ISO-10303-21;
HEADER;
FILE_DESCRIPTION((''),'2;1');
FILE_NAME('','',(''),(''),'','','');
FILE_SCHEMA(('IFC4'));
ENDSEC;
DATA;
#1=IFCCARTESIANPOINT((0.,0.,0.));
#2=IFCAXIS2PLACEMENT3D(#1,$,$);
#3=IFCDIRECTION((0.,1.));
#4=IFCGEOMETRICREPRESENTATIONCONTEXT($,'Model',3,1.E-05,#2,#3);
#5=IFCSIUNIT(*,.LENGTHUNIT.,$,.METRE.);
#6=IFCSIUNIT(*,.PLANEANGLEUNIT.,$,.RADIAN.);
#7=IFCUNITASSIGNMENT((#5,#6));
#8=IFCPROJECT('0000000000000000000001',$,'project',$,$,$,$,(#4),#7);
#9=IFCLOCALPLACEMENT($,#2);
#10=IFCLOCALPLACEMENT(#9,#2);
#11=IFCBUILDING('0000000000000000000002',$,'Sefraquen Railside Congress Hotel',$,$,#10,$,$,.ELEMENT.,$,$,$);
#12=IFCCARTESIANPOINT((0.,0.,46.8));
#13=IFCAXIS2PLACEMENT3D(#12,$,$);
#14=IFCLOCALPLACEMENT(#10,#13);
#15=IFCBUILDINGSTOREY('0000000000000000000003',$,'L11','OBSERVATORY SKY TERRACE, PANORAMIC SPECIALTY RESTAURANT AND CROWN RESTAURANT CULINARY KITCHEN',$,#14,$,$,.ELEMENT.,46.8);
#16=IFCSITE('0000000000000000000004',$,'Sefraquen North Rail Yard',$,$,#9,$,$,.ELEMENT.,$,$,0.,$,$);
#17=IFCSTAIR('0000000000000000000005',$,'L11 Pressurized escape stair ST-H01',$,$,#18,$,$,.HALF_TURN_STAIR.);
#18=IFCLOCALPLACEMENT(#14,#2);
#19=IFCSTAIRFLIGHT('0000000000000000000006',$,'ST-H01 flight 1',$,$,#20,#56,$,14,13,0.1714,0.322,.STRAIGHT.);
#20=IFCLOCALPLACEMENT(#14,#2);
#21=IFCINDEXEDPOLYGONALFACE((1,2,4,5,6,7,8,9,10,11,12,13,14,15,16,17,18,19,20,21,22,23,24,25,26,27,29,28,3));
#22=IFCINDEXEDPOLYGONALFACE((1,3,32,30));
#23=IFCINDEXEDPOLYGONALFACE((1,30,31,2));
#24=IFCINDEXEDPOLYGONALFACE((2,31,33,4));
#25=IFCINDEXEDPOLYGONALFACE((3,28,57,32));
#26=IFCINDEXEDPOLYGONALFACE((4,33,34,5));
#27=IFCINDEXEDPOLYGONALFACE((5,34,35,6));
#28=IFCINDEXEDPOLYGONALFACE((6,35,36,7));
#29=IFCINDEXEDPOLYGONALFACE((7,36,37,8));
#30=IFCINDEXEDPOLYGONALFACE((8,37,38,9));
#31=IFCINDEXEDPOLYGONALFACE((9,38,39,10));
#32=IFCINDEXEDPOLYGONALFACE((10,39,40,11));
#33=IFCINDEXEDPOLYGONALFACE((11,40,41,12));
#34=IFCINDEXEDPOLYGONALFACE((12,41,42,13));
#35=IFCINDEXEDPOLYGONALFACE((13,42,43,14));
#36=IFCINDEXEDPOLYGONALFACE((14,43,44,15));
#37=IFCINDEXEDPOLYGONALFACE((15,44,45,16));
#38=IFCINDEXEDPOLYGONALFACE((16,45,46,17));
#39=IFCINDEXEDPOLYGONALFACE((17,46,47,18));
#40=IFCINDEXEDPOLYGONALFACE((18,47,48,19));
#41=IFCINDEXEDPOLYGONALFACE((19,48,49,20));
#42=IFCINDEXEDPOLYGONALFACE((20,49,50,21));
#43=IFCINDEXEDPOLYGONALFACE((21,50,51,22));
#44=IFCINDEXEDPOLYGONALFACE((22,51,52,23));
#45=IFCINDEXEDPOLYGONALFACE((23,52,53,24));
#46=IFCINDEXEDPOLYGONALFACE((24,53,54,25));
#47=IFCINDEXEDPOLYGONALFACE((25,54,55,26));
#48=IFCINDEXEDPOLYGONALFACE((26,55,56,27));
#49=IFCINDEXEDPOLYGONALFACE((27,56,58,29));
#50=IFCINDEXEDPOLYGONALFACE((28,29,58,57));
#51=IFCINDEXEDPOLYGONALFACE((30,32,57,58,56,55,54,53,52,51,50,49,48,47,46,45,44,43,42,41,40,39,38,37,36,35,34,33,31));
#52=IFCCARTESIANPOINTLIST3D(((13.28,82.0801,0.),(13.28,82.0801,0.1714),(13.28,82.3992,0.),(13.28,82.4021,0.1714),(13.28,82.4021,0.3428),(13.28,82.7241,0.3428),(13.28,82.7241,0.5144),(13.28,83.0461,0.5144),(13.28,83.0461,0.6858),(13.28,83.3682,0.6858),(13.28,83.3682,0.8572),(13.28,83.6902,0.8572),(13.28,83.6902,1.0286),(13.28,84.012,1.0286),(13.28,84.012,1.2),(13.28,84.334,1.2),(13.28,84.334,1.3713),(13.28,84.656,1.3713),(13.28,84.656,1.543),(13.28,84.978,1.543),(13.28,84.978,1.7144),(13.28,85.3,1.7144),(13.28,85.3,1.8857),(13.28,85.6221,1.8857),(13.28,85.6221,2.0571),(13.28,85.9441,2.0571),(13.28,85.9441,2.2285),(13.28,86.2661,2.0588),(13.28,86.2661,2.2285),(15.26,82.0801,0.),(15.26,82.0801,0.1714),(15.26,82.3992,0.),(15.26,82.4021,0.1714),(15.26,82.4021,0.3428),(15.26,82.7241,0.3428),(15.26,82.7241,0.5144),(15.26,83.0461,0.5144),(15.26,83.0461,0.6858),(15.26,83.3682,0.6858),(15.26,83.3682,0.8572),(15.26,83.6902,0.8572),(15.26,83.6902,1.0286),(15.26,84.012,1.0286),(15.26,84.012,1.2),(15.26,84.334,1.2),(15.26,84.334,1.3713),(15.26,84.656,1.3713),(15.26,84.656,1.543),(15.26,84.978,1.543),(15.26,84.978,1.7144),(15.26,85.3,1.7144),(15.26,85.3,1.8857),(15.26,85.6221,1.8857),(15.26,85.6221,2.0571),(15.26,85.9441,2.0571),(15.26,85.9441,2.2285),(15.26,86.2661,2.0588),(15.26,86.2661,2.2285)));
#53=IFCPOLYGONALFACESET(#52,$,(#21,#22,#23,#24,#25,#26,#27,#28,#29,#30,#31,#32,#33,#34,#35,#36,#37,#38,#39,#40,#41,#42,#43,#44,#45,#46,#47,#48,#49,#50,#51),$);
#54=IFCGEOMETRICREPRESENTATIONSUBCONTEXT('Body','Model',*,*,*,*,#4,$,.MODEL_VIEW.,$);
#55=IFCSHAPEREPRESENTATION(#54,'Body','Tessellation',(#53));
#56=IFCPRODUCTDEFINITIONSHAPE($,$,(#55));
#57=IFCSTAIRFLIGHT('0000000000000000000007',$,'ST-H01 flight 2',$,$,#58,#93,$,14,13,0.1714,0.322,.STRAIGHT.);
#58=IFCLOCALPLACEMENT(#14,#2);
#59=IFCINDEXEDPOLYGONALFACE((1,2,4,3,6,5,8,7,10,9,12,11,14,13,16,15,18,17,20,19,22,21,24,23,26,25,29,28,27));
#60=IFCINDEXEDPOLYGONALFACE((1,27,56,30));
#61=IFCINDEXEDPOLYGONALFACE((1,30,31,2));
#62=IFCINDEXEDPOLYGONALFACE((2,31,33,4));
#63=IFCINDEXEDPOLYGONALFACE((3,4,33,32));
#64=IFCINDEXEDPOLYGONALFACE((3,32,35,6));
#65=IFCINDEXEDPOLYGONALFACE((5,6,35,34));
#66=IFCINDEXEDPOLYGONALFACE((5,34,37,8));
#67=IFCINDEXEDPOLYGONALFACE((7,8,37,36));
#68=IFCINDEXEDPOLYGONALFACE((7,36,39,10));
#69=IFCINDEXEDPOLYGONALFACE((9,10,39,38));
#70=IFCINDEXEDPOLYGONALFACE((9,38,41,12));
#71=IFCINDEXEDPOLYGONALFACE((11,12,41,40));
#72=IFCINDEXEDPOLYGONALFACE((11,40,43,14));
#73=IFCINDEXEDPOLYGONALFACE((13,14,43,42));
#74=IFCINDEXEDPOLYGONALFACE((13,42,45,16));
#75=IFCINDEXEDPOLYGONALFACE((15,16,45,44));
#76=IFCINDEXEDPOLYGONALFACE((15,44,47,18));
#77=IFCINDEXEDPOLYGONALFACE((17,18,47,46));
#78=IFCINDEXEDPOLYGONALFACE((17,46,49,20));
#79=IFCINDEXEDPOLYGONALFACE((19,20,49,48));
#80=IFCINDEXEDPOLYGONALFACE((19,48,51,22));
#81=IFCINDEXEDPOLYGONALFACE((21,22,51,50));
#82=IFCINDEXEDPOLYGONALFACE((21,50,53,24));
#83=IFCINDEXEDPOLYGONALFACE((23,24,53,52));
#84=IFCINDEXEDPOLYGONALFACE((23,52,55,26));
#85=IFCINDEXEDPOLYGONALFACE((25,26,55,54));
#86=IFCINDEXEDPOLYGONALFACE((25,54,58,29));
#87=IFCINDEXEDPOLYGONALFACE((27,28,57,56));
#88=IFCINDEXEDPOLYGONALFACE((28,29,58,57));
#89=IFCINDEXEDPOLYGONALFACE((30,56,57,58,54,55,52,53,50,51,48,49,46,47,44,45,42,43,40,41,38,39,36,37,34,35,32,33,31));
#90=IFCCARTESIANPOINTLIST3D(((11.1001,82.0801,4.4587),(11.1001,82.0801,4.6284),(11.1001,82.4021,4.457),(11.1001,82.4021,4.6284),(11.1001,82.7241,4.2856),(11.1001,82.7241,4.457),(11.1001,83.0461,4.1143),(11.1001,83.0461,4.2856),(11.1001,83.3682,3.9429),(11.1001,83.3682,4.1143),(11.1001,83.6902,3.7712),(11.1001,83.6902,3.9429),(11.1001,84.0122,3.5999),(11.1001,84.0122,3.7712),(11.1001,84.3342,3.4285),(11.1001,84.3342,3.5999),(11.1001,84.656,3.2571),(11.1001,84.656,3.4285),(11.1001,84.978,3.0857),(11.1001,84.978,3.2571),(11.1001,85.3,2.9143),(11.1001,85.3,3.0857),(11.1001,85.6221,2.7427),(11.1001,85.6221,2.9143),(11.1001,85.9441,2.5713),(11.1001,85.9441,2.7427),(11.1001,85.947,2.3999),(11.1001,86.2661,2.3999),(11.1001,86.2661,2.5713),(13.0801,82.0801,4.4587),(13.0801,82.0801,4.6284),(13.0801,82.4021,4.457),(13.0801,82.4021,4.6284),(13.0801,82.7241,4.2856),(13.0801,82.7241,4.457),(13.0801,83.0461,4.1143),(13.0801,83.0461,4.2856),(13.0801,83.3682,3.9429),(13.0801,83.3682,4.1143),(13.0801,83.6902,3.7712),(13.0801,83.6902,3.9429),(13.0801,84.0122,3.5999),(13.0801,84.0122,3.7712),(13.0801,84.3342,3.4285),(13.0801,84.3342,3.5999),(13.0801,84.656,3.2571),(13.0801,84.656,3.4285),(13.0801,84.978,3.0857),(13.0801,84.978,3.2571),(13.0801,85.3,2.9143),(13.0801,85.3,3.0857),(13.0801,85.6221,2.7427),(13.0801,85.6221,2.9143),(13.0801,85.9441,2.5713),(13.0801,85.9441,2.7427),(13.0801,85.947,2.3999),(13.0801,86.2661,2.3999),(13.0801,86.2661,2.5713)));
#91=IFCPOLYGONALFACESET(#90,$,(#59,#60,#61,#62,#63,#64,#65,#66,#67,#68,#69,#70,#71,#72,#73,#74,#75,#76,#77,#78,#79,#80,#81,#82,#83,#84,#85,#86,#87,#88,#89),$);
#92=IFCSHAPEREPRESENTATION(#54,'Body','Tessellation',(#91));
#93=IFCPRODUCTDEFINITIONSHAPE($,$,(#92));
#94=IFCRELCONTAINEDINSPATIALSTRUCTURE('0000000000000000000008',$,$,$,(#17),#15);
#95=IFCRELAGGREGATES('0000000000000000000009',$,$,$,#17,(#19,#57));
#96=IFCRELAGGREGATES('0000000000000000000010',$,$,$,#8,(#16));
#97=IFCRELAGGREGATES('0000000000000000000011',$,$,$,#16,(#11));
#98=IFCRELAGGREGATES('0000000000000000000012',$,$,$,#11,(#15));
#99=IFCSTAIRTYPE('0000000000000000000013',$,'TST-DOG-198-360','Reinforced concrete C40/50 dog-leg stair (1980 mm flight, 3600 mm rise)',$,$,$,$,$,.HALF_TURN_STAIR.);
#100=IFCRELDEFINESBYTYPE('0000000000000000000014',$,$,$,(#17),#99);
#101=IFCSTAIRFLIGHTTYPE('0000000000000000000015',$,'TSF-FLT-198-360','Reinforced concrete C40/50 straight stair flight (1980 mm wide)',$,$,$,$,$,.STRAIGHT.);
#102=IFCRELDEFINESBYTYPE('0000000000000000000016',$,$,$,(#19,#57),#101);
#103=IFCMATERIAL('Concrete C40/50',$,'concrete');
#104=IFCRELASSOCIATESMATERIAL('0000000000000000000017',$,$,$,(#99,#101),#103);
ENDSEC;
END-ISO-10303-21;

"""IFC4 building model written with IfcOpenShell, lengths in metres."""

from ifc_helpers import new_model, si_unit, direction, frame, origin, place, context, subcontext, project, spatial, polyline, outline, extrude, material, type_object, element, aggregate, save


model = new_model("IFC4")

# Units and contexts
model_context = context("Model", 3, precision=1e-05, world=origin(), true_north=direction((0.0, 1.0)))
body_context = subcontext(model_context, "Body", "Model", "MODEL_VIEW")
ifc_project = project(units=[si_unit("LENGTHUNIT", "METRE"), si_unit("PLANEANGLEUNIT", "RADIAN")], contexts=[model_context])

# Site, building, storey
site_placement = place(None, origin())
site = spatial("IfcSite", under=ifc_project, at=site_placement, Name="Sefraquen North Rail Yard", CompositionType="ELEMENT", RefElevation=0.0)
building_placement = place(site_placement, origin())
building = spatial("IfcBuilding", under=site, at=building_placement, Name="Sefraquen Railside Congress Hotel", CompositionType="ELEMENT")
storey_placement = place(building_placement, frame((0.0, 0.0, 46.8)))
storey = spatial("IfcBuildingStorey", under=building, at=storey_placement, Name="L11", Description="OBSERVATORY SKY TERRACE, PANORAMIC SPECIALTY RESTAURANT AND CROWN RESTAURANT CULINARY KITCHEN", CompositionType="ELEMENT", Elevation=46.8)

# Shared definitions
ifc_material_1 = material(Name="Concrete C40/50", Category="concrete")

# Stair, stair flights
stair_type = type_object("IfcStairType", Name="TST-DOG-198-360", Description="Reinforced concrete C40/50 dog-leg stair (1980 mm flight, 3600 mm rise)", PredefinedType="HALF_TURN_STAIR", material=ifc_material_1)
stair_placement = place(storey_placement, origin())
stair = element("IfcStair", 1, at=stair_placement, inside=storey, type_object=stair_type, Name="L11 Pressurized escape stair ST-H01", PredefinedType="HALF_TURN_STAIR")
stair_flight_type = type_object("IfcStairFlightType", Name="TSF-FLT-198-360", Description="Reinforced concrete C40/50 straight stair flight (1980 mm wide)", PredefinedType="STRAIGHT", material=ifc_material_1)
stair_flight_1_placement = place(storey_placement, frame((14.27, 82.0801, 0.0), z_axis=(0.0, 0.0, 1.0), x_axis=(0.0, 1.0, 0.0)))
stair_flight_1 = element("IfcStairFlight", 2, at=stair_flight_1_placement, type_object=stair_flight_type, Name="ST-H01 flight 1", NumberOfRisers=14, NumberOfTreads=13, PredefinedType="STRAIGHT", RiserHeight=0.1714, TreadLength=0.322, context=body_context, shape_type="SweptSolid", body=[
    extrude(outline(polyline([(0.0, 0.0), (0.0, 0.1714), (0.322, 0.1714), (0.322, 0.3428), (0.644, 0.3428), (0.644, 0.5144), (0.9661, 0.5144), (0.9661, 0.6858), (1.2881, 0.6858), (1.2881, 0.8572), (1.6101, 0.8572), (1.6101, 1.0286), (1.9319, 1.0286), (1.9319, 1.2), (2.2539, 1.2), (2.2539, 1.3713), (2.5759, 1.3713), (2.5759, 1.543), (2.8979, 1.543), (2.8979, 1.7144), (3.22, 1.7144), (3.22, 1.8857), (3.542, 1.8857), (3.542, 2.0571), (3.864, 2.0571), (3.864, 2.2285), (4.186, 2.2285), (4.186, 2.3999), (4.186, 2.0588), (0.3191, 0.0), (0.0, 0.0)])), frame((0.0, 0.99, 0.0), z_axis=(0.0, -1.0, 0.0), x_axis=(1.0, 0.0, 0.0)), (0.0, 0.0, 1.0), 1.98),
])
stair_flight_2_placement = place(storey_placement, frame((12.0901, 86.2661, 2.3999), z_axis=(0.0, 0.0, 1.0), x_axis=(0.0, -1.0, 0.0)))
stair_flight_2 = element("IfcStairFlight", 3, at=stair_flight_2_placement, type_object=stair_flight_type, Name="ST-H01 flight 2", NumberOfRisers=14, NumberOfTreads=13, PredefinedType="STRAIGHT", RiserHeight=0.1714, TreadLength=0.322, context=body_context, shape_type="SweptSolid", body=[
    extrude(outline(polyline([(0.0, 0.0), (0.0, 0.1714), (0.322, 0.1714), (0.322, 0.3428), (0.644, 0.3428), (0.644, 0.5144), (0.9661, 0.5144), (0.9661, 0.6858), (1.2881, 0.6858), (1.2881, 0.8572), (1.6101, 0.8572), (1.6101, 1.0286), (1.9319, 1.0286), (1.9319, 1.2), (2.2539, 1.2), (2.2539, 1.3713), (2.5759, 1.3713), (2.5759, 1.543), (2.8979, 1.543), (2.8979, 1.7144), (3.22, 1.7144), (3.22, 1.8857), (3.542, 1.8857), (3.542, 2.0571), (3.864, 2.0571), (3.864, 2.2285), (4.186, 2.2285), (4.186, 2.3999), (4.186, 2.0588), (0.3191, 0.0), (0.0, 0.0)])), frame((0.0, 0.99, 0.0), z_axis=(0.0, -1.0, 0.0), x_axis=(1.0, 0.0, 0.0)), (0.0, 0.0, 1.0), 1.98),
])
aggregate(stair, [stair_flight_1, stair_flight_2])

save(model, "model.ifc")
